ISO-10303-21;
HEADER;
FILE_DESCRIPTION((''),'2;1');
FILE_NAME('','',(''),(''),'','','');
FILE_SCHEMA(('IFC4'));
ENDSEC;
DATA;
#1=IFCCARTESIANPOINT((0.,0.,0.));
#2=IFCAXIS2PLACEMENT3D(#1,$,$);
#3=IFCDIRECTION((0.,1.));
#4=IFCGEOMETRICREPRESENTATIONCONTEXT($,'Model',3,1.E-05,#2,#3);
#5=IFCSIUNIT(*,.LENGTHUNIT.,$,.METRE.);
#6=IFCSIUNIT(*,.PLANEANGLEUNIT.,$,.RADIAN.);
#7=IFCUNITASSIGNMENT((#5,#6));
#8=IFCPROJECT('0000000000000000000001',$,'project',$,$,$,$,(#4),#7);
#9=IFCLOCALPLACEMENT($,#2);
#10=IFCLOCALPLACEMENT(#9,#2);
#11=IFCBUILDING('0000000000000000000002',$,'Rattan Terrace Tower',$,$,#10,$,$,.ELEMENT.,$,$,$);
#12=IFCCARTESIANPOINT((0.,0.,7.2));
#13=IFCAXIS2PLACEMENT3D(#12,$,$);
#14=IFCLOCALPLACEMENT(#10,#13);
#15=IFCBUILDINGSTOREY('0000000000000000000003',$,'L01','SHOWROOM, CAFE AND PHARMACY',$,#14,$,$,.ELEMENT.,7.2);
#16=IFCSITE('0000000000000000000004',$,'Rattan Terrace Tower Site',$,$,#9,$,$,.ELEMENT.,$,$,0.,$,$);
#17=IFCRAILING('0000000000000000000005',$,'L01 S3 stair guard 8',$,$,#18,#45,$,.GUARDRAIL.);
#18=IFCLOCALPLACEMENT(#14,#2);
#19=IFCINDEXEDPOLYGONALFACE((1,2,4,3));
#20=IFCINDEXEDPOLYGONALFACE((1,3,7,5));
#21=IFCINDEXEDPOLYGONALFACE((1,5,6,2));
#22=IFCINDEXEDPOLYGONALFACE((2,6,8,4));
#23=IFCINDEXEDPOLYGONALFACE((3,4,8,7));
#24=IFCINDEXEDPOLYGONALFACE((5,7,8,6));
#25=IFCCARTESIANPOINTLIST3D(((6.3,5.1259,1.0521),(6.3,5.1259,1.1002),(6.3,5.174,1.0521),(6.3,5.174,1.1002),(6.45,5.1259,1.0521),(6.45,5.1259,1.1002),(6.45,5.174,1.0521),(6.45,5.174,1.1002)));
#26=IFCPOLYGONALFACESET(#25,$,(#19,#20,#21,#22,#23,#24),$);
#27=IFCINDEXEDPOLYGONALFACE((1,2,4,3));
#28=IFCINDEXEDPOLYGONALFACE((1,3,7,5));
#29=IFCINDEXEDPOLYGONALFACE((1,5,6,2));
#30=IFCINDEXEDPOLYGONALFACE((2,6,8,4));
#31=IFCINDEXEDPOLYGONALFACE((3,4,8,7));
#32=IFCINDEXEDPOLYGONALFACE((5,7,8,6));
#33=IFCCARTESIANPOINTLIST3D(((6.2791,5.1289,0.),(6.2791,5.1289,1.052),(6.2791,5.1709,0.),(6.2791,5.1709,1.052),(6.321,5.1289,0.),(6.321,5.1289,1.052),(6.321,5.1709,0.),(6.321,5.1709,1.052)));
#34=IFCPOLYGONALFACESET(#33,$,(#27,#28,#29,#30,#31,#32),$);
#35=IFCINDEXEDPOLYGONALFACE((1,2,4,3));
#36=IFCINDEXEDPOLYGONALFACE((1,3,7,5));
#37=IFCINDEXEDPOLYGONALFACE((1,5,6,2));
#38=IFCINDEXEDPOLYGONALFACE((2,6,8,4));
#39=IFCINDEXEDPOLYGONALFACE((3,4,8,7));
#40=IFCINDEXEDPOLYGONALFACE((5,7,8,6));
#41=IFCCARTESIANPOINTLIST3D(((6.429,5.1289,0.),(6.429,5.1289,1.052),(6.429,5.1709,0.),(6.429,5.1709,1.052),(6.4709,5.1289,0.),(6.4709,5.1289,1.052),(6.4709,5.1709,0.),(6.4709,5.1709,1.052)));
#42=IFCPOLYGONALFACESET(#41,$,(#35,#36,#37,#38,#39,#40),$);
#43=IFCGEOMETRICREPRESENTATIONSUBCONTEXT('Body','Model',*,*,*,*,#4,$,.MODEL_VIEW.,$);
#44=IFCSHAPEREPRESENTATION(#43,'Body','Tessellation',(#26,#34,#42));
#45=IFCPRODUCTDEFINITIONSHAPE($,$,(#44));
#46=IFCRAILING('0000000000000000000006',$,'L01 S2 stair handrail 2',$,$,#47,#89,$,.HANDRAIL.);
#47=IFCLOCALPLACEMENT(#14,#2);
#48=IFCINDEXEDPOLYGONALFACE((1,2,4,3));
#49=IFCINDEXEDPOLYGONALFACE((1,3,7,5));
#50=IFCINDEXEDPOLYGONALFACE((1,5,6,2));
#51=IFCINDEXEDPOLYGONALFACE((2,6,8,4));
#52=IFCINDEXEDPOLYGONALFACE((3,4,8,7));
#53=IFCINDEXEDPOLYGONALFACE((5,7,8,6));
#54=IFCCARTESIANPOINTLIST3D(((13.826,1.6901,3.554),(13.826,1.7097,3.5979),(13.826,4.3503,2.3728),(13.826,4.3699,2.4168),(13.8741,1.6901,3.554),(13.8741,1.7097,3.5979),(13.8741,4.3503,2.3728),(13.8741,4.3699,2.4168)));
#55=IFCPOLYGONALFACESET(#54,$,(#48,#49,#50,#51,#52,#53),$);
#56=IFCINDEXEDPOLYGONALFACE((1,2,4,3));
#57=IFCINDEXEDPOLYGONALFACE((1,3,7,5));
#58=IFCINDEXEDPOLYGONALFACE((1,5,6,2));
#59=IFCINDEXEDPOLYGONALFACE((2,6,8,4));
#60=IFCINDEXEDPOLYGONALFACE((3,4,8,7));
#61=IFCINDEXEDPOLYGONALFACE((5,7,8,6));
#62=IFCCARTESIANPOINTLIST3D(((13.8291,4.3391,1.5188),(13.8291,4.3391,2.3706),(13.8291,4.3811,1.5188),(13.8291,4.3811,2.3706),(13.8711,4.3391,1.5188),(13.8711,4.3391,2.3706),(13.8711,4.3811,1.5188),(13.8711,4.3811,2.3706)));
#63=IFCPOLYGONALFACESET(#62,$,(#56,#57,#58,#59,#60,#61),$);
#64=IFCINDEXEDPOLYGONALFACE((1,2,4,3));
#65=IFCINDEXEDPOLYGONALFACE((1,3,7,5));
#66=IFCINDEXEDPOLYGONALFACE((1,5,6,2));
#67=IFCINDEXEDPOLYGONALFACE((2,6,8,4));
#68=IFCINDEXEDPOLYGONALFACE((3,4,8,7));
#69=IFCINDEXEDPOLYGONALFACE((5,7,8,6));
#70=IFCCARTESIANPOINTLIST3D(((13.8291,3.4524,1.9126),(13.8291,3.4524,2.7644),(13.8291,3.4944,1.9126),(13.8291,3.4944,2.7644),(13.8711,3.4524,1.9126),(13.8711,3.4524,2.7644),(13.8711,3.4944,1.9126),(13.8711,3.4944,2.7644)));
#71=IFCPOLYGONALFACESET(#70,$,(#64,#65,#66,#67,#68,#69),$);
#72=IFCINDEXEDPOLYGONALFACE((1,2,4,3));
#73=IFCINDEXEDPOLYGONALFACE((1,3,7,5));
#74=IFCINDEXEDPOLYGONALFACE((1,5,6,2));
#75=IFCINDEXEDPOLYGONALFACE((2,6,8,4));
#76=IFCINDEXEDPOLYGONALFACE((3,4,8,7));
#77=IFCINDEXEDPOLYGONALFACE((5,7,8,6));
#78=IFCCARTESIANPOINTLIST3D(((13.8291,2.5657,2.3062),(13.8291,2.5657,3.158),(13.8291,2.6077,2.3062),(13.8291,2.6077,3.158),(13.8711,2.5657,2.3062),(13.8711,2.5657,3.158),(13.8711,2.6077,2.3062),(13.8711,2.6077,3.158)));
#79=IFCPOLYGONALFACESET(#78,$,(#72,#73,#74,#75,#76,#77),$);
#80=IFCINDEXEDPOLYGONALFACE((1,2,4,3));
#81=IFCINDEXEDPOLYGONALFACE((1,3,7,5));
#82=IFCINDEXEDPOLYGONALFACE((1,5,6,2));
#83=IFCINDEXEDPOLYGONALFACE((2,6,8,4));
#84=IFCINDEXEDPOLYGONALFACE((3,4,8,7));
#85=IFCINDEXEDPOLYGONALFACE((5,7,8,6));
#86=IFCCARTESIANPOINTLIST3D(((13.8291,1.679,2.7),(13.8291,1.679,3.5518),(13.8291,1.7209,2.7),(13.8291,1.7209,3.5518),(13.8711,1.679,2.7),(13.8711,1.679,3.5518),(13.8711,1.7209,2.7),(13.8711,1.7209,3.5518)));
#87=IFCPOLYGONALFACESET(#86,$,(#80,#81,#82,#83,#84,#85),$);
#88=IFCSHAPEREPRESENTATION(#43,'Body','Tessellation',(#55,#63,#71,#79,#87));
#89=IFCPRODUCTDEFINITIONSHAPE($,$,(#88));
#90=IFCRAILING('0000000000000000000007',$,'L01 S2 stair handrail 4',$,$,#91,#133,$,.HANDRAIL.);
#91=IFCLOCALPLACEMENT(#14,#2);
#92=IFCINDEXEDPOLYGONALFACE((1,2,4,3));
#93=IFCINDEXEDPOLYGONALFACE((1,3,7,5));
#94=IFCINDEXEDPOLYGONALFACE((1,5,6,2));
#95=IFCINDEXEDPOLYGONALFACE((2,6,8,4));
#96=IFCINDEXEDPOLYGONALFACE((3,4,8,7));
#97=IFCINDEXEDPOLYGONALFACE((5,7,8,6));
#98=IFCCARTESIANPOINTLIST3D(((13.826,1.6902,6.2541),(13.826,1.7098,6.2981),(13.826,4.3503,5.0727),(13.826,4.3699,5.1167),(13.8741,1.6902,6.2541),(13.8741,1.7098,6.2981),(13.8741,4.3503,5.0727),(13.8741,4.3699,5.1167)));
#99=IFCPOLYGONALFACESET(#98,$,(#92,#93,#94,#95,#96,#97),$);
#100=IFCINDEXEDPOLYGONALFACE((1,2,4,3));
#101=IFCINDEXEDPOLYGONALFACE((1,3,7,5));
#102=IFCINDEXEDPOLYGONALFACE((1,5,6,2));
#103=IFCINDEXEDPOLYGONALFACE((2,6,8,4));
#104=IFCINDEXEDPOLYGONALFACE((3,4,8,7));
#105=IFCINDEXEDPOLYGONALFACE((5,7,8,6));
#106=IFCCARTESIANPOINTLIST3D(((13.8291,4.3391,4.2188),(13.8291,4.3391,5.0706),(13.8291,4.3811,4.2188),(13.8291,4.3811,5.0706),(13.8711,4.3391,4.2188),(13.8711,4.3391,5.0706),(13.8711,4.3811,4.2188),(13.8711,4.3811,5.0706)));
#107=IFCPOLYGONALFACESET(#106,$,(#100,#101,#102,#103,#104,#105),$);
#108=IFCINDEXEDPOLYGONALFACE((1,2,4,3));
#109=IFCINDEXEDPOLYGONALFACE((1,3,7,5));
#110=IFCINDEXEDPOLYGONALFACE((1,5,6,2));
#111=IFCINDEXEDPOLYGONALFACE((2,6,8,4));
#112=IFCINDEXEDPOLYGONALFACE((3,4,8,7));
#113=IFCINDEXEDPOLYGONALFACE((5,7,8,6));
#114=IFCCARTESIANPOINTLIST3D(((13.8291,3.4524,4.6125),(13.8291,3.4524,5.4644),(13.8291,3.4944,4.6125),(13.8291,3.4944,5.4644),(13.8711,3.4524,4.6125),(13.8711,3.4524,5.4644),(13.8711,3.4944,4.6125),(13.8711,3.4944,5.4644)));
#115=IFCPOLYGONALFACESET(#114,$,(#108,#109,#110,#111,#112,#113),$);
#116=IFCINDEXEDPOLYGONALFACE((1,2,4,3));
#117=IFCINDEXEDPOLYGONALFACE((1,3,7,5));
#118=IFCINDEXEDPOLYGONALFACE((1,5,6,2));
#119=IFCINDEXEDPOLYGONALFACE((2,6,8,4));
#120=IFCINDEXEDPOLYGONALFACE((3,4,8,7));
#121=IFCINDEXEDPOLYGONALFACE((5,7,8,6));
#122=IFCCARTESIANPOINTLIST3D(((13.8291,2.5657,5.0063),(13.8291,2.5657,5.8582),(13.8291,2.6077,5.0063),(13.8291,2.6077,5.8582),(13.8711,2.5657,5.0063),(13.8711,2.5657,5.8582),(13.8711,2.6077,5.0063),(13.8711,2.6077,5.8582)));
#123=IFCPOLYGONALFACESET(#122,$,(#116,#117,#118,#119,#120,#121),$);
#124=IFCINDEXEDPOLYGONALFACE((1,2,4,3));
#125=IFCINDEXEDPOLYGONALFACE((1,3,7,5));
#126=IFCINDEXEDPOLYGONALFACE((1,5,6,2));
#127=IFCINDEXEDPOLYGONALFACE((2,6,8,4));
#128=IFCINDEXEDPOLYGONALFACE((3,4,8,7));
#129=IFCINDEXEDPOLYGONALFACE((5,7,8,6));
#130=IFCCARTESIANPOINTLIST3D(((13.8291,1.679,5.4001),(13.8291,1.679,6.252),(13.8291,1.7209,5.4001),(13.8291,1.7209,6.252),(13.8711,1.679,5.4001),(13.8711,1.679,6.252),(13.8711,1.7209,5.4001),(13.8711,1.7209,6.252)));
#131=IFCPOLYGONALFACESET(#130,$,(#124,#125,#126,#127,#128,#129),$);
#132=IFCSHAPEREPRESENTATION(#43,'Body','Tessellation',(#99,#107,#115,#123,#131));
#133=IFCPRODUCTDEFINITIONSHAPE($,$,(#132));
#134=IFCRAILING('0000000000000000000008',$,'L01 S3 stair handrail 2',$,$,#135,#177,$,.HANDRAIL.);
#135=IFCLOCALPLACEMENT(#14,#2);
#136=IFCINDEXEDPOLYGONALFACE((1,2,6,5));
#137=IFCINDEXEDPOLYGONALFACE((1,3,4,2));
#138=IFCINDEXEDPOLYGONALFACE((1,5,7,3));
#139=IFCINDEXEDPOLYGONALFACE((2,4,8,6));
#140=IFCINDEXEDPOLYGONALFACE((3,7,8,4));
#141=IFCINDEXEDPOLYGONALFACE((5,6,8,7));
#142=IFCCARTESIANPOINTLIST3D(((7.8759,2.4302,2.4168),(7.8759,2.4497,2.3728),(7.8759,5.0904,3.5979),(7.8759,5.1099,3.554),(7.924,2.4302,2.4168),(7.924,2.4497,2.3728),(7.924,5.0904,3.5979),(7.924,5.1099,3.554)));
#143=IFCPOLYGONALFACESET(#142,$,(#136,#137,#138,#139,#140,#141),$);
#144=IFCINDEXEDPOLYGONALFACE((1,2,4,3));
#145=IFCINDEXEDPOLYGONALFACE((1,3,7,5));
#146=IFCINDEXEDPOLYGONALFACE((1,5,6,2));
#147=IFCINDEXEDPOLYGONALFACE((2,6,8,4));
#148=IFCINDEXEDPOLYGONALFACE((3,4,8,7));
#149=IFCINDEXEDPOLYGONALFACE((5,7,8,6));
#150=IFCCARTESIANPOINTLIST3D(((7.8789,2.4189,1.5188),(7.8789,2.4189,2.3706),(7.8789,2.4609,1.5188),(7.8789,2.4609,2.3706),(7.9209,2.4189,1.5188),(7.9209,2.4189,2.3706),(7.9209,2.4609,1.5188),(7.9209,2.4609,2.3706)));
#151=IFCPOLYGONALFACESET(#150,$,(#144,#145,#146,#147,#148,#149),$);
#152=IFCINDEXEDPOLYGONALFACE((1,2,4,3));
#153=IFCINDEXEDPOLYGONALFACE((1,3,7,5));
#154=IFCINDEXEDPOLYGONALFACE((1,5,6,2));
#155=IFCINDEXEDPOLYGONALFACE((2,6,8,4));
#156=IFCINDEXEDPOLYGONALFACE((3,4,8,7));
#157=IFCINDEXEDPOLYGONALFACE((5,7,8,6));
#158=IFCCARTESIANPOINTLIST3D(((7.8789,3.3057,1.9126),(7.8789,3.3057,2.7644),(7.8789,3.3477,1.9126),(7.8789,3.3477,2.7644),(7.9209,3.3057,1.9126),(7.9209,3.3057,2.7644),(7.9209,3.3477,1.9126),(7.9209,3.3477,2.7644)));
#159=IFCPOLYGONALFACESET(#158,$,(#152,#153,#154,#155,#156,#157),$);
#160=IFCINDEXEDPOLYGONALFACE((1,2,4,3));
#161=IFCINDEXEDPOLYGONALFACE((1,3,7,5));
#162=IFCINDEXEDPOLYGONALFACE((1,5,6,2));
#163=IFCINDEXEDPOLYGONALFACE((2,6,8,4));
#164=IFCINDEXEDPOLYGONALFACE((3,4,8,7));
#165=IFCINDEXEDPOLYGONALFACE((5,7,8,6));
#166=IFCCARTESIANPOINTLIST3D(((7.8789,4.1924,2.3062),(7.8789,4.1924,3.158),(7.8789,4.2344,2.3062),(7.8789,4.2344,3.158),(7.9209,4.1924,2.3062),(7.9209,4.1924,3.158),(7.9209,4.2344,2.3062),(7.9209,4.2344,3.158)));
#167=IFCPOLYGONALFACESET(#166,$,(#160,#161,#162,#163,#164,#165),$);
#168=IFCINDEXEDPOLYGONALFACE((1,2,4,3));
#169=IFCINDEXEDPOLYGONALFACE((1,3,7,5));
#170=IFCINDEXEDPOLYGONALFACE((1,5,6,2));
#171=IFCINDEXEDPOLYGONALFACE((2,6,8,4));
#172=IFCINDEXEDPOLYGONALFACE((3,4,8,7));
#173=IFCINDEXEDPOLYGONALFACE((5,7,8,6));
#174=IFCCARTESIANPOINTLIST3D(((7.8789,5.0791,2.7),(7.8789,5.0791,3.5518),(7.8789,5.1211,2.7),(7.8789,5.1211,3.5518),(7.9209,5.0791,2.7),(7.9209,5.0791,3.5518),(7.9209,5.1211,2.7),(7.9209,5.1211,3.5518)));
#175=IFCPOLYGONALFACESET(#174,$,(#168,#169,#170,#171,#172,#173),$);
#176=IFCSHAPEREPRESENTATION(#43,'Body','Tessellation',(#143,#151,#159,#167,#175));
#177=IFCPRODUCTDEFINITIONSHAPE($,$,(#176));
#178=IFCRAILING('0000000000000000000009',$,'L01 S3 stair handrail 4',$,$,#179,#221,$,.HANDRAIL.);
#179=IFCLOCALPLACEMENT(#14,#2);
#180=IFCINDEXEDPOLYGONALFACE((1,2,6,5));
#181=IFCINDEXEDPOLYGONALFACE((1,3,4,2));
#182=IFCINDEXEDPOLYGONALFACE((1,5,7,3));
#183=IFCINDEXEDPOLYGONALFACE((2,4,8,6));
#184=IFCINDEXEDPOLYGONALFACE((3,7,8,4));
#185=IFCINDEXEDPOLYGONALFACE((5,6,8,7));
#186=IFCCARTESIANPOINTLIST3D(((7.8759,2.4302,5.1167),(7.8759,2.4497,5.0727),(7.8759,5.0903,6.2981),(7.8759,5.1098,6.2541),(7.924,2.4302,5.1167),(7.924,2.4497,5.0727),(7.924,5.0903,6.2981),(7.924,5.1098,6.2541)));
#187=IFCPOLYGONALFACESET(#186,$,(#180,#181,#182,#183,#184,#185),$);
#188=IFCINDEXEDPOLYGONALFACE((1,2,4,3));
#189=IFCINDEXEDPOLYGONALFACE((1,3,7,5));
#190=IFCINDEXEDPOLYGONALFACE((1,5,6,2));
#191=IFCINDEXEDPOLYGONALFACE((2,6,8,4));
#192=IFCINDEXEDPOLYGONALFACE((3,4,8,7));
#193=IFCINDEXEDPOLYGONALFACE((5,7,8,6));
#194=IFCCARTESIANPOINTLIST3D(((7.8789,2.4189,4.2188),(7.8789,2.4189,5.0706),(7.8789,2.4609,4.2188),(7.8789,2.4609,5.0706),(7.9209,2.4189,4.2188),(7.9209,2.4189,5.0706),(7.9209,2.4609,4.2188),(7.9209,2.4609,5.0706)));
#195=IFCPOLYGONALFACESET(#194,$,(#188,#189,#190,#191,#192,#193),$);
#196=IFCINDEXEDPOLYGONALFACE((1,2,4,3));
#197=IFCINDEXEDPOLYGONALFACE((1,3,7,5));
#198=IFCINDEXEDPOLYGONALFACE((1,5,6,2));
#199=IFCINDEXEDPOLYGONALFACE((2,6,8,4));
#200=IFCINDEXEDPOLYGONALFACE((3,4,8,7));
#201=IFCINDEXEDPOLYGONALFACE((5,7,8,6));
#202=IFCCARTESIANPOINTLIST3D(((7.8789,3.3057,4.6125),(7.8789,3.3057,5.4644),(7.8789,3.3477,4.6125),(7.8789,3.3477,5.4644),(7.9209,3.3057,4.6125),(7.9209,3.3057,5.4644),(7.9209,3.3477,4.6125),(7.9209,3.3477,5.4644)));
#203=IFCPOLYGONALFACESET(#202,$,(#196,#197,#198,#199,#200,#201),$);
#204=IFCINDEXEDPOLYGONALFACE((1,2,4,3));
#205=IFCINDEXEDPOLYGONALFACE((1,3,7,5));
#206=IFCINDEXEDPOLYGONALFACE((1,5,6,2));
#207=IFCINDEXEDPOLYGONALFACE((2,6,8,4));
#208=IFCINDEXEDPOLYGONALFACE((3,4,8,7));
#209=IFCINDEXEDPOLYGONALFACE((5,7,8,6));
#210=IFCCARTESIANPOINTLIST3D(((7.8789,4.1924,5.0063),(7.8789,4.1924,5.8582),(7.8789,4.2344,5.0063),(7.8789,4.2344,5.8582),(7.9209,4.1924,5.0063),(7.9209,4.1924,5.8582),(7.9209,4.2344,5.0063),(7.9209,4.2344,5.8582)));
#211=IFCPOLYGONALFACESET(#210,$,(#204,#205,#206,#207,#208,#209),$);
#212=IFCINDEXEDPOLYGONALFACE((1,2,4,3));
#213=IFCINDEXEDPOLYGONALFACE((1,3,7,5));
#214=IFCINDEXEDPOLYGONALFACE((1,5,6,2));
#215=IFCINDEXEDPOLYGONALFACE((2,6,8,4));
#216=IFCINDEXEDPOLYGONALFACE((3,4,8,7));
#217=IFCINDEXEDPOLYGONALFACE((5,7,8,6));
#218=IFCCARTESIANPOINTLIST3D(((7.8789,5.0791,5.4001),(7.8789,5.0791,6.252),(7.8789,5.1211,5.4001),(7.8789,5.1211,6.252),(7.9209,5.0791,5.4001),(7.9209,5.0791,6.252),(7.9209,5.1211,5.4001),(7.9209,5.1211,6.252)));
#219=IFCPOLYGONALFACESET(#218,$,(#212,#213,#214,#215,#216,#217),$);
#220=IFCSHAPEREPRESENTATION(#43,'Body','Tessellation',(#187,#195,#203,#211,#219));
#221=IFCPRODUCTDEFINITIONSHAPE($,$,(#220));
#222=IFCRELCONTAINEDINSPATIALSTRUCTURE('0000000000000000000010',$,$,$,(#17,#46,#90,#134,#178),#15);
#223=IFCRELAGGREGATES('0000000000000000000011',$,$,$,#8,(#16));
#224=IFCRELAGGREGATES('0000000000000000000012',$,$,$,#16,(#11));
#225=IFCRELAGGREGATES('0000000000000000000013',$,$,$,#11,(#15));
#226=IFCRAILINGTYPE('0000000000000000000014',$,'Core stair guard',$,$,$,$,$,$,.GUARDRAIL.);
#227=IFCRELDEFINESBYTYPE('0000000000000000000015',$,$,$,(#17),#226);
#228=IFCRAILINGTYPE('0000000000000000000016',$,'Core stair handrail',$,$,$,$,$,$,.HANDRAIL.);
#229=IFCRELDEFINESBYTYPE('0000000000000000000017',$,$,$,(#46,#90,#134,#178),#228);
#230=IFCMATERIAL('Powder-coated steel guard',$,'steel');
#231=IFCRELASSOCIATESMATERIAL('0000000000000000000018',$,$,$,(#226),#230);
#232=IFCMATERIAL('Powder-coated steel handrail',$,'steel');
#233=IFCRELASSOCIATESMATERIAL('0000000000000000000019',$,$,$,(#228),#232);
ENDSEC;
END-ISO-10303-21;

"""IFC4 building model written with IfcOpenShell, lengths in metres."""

from ifc_helpers import new_model, si_unit, direction, frame, origin, origin_2d, place, context, subcontext, project, spatial, rectangle, extrude, material, type_object, element, save


model = new_model("IFC4")

# Units and contexts
model_context = context("Model", 3, precision=1e-05, world=origin(), true_north=direction((0.0, 1.0)))
body_context = subcontext(model_context, "Body", "Model", "MODEL_VIEW")
ifc_project = project(units=[si_unit("LENGTHUNIT", "METRE"), si_unit("PLANEANGLEUNIT", "RADIAN")], contexts=[model_context])

# Site, building, storey
site_placement = place(None, origin())
site = spatial("IfcSite", under=ifc_project, at=site_placement, Name="Rattan Terrace Tower Site", CompositionType="ELEMENT", RefElevation=0.0)
building_placement = place(site_placement, origin())
building = spatial("IfcBuilding", under=site, at=building_placement, Name="Rattan Terrace Tower", CompositionType="ELEMENT")
storey_placement = place(building_placement, frame((0.0, 0.0, 7.2)))
storey = spatial("IfcBuildingStorey", under=building, at=storey_placement, Name="L01", Description="SHOWROOM, CAFE AND PHARMACY", CompositionType="ELEMENT", Elevation=7.2)

# Railings
ifc_material_1 = material(Name="Powder-coated steel guard", Category="steel")
railing_type_1 = type_object("IfcRailingType", Name="Core stair guard", PredefinedType="GUARDRAIL", material=ifc_material_1)
railing_1_placement = place(storey_placement, frame((6.3, 5.1499, 0.0)))
element("IfcRailing", 1, at=railing_1_placement, inside=storey, type_object=railing_type_1, Name="L01 S3 stair guard 8", PredefinedType="GUARDRAIL", context=body_context, shape_type="SweptSolid", body=[
    extrude(rectangle(XDim=0.0481, YDim=0.0481, at=origin_2d()), frame((0.0, 0.0, 1.0762), z_axis=(1.0, 0.0, 0.0), x_axis=(0.0, 1.0, 0.0)), (0.0, 0.0, 1.0), 0.1499),
    extrude(rectangle(XDim=0.042, YDim=0.042, at=origin_2d()), origin(), (0.0, 0.0, 1.0), 1.052),
    extrude(rectangle(XDim=0.042, YDim=0.042, at=origin_2d()), frame((0.1499, 0.0, 0.0)), (0.0, 0.0, 1.0), 1.052),
])
ifc_material_2 = material(Name="Powder-coated steel handrail", Category="steel")
railing_type_2 = type_object("IfcRailingType", Name="Core stair handrail", PredefinedType="HANDRAIL", material=ifc_material_2)
railing_2_placement = place(storey_placement, frame((13.8501, 4.3601, 1.5188)))
element("IfcRailing", 2, at=railing_2_placement, inside=storey, type_object=railing_type_2, Name="L01 S2 stair handrail 2", PredefinedType="HANDRAIL", context=body_context, shape_type="SweptSolid", body=[
    extrude(rectangle(XDim=0.0481, YDim=0.0481, at=origin_2d()), frame((0.0, 0.0, 0.876), z_axis=(0.0, -0.913957, 0.405812), x_axis=(1.0, 0.0, 0.0)), (0.0, 0.0, 1.0), 2.9106),
    extrude(rectangle(XDim=0.042, YDim=0.042, at=origin_2d()), origin(), (0.0, 0.0, 1.0), 0.8518),
    extrude(rectangle(XDim=0.042, YDim=0.042, at=origin_2d()), frame((0.0, -0.8867, 0.3938)), (0.0, 0.0, 1.0), 0.8518),
    extrude(rectangle(XDim=0.042, YDim=0.042, at=origin_2d()), frame((0.0, -1.7734, 0.7874)), (0.0, 0.0, 1.0), 0.8518),
    extrude(rectangle(XDim=0.042, YDim=0.042, at=origin_2d()), frame((0.0, -2.6602, 1.1812)), (0.0, 0.0, 1.0), 0.8518),
])
railing_3_placement = place(storey_placement, frame((13.8501, 4.3601, 4.2188)))
element("IfcRailing", 3, at=railing_3_placement, inside=storey, type_object=railing_type_2, Name="L01 S2 stair handrail 4", PredefinedType="HANDRAIL", context=body_context, shape_type="SweptSolid", body=[
    extrude(rectangle(XDim=0.0481, YDim=0.0481, at=origin_2d()), frame((0.0, 0.0, 0.876), z_axis=(0.0, -0.913926, 0.405882), x_axis=(1.0, 0.0, 0.0)), (0.0, 0.0, 1.0), 2.9106),
    extrude(rectangle(XDim=0.042, YDim=0.042, at=origin_2d()), origin(), (0.0, 0.0, 1.0), 0.8518),
    extrude(rectangle(XDim=0.042, YDim=0.042, at=origin_2d()), frame((0.0, -0.8867, 0.3938)), (0.0, 0.0, 1.0), 0.8518),
    extrude(rectangle(XDim=0.042, YDim=0.042, at=origin_2d()), frame((0.0, -1.7734, 0.7876)), (0.0, 0.0, 1.0), 0.8518),
    extrude(rectangle(XDim=0.042, YDim=0.042, at=origin_2d()), frame((0.0, -2.6602, 1.1814)), (0.0, 0.0, 1.0), 0.8518),
])
railing_4_placement = place(storey_placement, frame((7.8999, 2.4399, 1.5188)))
element("IfcRailing", 4, at=railing_4_placement, inside=storey, type_object=railing_type_2, Name="L01 S3 stair handrail 2", PredefinedType="HANDRAIL", context=body_context, shape_type="SweptSolid", body=[
    extrude(rectangle(XDim=0.0481, YDim=0.0481, at=origin_2d()), frame((0.0, 0.0, 0.876), z_axis=(0.0, 0.913957, 0.405812), x_axis=(-1.0, 0.0, 0.0)), (0.0, 0.0, 1.0), 2.9106),
    extrude(rectangle(XDim=0.042, YDim=0.042, at=origin_2d()), origin(), (0.0, 0.0, 1.0), 0.8518),
    extrude(rectangle(XDim=0.042, YDim=0.042, at=origin_2d()), frame((0.0, 0.8867, 0.3938)), (0.0, 0.0, 1.0), 0.8518),
    extrude(rectangle(XDim=0.042, YDim=0.042, at=origin_2d()), frame((0.0, 1.7734, 0.7874)), (0.0, 0.0, 1.0), 0.8518),
    extrude(rectangle(XDim=0.042, YDim=0.042, at=origin_2d()), frame((0.0, 2.6602, 1.1812)), (0.0, 0.0, 1.0), 0.8518),
])
railing_5_placement = place(storey_placement, frame((7.8999, 2.4399, 4.2188)))
element("IfcRailing", 5, at=railing_5_placement, inside=storey, type_object=railing_type_2, Name="L01 S3 stair handrail 4", PredefinedType="HANDRAIL", context=body_context, shape_type="SweptSolid", body=[
    extrude(rectangle(XDim=0.0481, YDim=0.0481, at=origin_2d()), frame((0.0, 0.0, 0.876), z_axis=(0.0, 0.913926, 0.405882), x_axis=(-1.0, 0.0, 0.0)), (0.0, 0.0, 1.0), 2.9106),
    extrude(rectangle(XDim=0.042, YDim=0.042, at=origin_2d()), origin(), (0.0, 0.0, 1.0), 0.8518),
    extrude(rectangle(XDim=0.042, YDim=0.042, at=origin_2d()), frame((0.0, 0.8867, 0.3938)), (0.0, 0.0, 1.0), 0.8518),
    extrude(rectangle(XDim=0.042, YDim=0.042, at=origin_2d()), frame((0.0, 1.7734, 0.7876)), (0.0, 0.0, 1.0), 0.8518),
    extrude(rectangle(XDim=0.042, YDim=0.042, at=origin_2d()), frame((0.0, 2.6602, 1.1814)), (0.0, 0.0, 1.0), 0.8518),
])

save(model, "model.ifc")
